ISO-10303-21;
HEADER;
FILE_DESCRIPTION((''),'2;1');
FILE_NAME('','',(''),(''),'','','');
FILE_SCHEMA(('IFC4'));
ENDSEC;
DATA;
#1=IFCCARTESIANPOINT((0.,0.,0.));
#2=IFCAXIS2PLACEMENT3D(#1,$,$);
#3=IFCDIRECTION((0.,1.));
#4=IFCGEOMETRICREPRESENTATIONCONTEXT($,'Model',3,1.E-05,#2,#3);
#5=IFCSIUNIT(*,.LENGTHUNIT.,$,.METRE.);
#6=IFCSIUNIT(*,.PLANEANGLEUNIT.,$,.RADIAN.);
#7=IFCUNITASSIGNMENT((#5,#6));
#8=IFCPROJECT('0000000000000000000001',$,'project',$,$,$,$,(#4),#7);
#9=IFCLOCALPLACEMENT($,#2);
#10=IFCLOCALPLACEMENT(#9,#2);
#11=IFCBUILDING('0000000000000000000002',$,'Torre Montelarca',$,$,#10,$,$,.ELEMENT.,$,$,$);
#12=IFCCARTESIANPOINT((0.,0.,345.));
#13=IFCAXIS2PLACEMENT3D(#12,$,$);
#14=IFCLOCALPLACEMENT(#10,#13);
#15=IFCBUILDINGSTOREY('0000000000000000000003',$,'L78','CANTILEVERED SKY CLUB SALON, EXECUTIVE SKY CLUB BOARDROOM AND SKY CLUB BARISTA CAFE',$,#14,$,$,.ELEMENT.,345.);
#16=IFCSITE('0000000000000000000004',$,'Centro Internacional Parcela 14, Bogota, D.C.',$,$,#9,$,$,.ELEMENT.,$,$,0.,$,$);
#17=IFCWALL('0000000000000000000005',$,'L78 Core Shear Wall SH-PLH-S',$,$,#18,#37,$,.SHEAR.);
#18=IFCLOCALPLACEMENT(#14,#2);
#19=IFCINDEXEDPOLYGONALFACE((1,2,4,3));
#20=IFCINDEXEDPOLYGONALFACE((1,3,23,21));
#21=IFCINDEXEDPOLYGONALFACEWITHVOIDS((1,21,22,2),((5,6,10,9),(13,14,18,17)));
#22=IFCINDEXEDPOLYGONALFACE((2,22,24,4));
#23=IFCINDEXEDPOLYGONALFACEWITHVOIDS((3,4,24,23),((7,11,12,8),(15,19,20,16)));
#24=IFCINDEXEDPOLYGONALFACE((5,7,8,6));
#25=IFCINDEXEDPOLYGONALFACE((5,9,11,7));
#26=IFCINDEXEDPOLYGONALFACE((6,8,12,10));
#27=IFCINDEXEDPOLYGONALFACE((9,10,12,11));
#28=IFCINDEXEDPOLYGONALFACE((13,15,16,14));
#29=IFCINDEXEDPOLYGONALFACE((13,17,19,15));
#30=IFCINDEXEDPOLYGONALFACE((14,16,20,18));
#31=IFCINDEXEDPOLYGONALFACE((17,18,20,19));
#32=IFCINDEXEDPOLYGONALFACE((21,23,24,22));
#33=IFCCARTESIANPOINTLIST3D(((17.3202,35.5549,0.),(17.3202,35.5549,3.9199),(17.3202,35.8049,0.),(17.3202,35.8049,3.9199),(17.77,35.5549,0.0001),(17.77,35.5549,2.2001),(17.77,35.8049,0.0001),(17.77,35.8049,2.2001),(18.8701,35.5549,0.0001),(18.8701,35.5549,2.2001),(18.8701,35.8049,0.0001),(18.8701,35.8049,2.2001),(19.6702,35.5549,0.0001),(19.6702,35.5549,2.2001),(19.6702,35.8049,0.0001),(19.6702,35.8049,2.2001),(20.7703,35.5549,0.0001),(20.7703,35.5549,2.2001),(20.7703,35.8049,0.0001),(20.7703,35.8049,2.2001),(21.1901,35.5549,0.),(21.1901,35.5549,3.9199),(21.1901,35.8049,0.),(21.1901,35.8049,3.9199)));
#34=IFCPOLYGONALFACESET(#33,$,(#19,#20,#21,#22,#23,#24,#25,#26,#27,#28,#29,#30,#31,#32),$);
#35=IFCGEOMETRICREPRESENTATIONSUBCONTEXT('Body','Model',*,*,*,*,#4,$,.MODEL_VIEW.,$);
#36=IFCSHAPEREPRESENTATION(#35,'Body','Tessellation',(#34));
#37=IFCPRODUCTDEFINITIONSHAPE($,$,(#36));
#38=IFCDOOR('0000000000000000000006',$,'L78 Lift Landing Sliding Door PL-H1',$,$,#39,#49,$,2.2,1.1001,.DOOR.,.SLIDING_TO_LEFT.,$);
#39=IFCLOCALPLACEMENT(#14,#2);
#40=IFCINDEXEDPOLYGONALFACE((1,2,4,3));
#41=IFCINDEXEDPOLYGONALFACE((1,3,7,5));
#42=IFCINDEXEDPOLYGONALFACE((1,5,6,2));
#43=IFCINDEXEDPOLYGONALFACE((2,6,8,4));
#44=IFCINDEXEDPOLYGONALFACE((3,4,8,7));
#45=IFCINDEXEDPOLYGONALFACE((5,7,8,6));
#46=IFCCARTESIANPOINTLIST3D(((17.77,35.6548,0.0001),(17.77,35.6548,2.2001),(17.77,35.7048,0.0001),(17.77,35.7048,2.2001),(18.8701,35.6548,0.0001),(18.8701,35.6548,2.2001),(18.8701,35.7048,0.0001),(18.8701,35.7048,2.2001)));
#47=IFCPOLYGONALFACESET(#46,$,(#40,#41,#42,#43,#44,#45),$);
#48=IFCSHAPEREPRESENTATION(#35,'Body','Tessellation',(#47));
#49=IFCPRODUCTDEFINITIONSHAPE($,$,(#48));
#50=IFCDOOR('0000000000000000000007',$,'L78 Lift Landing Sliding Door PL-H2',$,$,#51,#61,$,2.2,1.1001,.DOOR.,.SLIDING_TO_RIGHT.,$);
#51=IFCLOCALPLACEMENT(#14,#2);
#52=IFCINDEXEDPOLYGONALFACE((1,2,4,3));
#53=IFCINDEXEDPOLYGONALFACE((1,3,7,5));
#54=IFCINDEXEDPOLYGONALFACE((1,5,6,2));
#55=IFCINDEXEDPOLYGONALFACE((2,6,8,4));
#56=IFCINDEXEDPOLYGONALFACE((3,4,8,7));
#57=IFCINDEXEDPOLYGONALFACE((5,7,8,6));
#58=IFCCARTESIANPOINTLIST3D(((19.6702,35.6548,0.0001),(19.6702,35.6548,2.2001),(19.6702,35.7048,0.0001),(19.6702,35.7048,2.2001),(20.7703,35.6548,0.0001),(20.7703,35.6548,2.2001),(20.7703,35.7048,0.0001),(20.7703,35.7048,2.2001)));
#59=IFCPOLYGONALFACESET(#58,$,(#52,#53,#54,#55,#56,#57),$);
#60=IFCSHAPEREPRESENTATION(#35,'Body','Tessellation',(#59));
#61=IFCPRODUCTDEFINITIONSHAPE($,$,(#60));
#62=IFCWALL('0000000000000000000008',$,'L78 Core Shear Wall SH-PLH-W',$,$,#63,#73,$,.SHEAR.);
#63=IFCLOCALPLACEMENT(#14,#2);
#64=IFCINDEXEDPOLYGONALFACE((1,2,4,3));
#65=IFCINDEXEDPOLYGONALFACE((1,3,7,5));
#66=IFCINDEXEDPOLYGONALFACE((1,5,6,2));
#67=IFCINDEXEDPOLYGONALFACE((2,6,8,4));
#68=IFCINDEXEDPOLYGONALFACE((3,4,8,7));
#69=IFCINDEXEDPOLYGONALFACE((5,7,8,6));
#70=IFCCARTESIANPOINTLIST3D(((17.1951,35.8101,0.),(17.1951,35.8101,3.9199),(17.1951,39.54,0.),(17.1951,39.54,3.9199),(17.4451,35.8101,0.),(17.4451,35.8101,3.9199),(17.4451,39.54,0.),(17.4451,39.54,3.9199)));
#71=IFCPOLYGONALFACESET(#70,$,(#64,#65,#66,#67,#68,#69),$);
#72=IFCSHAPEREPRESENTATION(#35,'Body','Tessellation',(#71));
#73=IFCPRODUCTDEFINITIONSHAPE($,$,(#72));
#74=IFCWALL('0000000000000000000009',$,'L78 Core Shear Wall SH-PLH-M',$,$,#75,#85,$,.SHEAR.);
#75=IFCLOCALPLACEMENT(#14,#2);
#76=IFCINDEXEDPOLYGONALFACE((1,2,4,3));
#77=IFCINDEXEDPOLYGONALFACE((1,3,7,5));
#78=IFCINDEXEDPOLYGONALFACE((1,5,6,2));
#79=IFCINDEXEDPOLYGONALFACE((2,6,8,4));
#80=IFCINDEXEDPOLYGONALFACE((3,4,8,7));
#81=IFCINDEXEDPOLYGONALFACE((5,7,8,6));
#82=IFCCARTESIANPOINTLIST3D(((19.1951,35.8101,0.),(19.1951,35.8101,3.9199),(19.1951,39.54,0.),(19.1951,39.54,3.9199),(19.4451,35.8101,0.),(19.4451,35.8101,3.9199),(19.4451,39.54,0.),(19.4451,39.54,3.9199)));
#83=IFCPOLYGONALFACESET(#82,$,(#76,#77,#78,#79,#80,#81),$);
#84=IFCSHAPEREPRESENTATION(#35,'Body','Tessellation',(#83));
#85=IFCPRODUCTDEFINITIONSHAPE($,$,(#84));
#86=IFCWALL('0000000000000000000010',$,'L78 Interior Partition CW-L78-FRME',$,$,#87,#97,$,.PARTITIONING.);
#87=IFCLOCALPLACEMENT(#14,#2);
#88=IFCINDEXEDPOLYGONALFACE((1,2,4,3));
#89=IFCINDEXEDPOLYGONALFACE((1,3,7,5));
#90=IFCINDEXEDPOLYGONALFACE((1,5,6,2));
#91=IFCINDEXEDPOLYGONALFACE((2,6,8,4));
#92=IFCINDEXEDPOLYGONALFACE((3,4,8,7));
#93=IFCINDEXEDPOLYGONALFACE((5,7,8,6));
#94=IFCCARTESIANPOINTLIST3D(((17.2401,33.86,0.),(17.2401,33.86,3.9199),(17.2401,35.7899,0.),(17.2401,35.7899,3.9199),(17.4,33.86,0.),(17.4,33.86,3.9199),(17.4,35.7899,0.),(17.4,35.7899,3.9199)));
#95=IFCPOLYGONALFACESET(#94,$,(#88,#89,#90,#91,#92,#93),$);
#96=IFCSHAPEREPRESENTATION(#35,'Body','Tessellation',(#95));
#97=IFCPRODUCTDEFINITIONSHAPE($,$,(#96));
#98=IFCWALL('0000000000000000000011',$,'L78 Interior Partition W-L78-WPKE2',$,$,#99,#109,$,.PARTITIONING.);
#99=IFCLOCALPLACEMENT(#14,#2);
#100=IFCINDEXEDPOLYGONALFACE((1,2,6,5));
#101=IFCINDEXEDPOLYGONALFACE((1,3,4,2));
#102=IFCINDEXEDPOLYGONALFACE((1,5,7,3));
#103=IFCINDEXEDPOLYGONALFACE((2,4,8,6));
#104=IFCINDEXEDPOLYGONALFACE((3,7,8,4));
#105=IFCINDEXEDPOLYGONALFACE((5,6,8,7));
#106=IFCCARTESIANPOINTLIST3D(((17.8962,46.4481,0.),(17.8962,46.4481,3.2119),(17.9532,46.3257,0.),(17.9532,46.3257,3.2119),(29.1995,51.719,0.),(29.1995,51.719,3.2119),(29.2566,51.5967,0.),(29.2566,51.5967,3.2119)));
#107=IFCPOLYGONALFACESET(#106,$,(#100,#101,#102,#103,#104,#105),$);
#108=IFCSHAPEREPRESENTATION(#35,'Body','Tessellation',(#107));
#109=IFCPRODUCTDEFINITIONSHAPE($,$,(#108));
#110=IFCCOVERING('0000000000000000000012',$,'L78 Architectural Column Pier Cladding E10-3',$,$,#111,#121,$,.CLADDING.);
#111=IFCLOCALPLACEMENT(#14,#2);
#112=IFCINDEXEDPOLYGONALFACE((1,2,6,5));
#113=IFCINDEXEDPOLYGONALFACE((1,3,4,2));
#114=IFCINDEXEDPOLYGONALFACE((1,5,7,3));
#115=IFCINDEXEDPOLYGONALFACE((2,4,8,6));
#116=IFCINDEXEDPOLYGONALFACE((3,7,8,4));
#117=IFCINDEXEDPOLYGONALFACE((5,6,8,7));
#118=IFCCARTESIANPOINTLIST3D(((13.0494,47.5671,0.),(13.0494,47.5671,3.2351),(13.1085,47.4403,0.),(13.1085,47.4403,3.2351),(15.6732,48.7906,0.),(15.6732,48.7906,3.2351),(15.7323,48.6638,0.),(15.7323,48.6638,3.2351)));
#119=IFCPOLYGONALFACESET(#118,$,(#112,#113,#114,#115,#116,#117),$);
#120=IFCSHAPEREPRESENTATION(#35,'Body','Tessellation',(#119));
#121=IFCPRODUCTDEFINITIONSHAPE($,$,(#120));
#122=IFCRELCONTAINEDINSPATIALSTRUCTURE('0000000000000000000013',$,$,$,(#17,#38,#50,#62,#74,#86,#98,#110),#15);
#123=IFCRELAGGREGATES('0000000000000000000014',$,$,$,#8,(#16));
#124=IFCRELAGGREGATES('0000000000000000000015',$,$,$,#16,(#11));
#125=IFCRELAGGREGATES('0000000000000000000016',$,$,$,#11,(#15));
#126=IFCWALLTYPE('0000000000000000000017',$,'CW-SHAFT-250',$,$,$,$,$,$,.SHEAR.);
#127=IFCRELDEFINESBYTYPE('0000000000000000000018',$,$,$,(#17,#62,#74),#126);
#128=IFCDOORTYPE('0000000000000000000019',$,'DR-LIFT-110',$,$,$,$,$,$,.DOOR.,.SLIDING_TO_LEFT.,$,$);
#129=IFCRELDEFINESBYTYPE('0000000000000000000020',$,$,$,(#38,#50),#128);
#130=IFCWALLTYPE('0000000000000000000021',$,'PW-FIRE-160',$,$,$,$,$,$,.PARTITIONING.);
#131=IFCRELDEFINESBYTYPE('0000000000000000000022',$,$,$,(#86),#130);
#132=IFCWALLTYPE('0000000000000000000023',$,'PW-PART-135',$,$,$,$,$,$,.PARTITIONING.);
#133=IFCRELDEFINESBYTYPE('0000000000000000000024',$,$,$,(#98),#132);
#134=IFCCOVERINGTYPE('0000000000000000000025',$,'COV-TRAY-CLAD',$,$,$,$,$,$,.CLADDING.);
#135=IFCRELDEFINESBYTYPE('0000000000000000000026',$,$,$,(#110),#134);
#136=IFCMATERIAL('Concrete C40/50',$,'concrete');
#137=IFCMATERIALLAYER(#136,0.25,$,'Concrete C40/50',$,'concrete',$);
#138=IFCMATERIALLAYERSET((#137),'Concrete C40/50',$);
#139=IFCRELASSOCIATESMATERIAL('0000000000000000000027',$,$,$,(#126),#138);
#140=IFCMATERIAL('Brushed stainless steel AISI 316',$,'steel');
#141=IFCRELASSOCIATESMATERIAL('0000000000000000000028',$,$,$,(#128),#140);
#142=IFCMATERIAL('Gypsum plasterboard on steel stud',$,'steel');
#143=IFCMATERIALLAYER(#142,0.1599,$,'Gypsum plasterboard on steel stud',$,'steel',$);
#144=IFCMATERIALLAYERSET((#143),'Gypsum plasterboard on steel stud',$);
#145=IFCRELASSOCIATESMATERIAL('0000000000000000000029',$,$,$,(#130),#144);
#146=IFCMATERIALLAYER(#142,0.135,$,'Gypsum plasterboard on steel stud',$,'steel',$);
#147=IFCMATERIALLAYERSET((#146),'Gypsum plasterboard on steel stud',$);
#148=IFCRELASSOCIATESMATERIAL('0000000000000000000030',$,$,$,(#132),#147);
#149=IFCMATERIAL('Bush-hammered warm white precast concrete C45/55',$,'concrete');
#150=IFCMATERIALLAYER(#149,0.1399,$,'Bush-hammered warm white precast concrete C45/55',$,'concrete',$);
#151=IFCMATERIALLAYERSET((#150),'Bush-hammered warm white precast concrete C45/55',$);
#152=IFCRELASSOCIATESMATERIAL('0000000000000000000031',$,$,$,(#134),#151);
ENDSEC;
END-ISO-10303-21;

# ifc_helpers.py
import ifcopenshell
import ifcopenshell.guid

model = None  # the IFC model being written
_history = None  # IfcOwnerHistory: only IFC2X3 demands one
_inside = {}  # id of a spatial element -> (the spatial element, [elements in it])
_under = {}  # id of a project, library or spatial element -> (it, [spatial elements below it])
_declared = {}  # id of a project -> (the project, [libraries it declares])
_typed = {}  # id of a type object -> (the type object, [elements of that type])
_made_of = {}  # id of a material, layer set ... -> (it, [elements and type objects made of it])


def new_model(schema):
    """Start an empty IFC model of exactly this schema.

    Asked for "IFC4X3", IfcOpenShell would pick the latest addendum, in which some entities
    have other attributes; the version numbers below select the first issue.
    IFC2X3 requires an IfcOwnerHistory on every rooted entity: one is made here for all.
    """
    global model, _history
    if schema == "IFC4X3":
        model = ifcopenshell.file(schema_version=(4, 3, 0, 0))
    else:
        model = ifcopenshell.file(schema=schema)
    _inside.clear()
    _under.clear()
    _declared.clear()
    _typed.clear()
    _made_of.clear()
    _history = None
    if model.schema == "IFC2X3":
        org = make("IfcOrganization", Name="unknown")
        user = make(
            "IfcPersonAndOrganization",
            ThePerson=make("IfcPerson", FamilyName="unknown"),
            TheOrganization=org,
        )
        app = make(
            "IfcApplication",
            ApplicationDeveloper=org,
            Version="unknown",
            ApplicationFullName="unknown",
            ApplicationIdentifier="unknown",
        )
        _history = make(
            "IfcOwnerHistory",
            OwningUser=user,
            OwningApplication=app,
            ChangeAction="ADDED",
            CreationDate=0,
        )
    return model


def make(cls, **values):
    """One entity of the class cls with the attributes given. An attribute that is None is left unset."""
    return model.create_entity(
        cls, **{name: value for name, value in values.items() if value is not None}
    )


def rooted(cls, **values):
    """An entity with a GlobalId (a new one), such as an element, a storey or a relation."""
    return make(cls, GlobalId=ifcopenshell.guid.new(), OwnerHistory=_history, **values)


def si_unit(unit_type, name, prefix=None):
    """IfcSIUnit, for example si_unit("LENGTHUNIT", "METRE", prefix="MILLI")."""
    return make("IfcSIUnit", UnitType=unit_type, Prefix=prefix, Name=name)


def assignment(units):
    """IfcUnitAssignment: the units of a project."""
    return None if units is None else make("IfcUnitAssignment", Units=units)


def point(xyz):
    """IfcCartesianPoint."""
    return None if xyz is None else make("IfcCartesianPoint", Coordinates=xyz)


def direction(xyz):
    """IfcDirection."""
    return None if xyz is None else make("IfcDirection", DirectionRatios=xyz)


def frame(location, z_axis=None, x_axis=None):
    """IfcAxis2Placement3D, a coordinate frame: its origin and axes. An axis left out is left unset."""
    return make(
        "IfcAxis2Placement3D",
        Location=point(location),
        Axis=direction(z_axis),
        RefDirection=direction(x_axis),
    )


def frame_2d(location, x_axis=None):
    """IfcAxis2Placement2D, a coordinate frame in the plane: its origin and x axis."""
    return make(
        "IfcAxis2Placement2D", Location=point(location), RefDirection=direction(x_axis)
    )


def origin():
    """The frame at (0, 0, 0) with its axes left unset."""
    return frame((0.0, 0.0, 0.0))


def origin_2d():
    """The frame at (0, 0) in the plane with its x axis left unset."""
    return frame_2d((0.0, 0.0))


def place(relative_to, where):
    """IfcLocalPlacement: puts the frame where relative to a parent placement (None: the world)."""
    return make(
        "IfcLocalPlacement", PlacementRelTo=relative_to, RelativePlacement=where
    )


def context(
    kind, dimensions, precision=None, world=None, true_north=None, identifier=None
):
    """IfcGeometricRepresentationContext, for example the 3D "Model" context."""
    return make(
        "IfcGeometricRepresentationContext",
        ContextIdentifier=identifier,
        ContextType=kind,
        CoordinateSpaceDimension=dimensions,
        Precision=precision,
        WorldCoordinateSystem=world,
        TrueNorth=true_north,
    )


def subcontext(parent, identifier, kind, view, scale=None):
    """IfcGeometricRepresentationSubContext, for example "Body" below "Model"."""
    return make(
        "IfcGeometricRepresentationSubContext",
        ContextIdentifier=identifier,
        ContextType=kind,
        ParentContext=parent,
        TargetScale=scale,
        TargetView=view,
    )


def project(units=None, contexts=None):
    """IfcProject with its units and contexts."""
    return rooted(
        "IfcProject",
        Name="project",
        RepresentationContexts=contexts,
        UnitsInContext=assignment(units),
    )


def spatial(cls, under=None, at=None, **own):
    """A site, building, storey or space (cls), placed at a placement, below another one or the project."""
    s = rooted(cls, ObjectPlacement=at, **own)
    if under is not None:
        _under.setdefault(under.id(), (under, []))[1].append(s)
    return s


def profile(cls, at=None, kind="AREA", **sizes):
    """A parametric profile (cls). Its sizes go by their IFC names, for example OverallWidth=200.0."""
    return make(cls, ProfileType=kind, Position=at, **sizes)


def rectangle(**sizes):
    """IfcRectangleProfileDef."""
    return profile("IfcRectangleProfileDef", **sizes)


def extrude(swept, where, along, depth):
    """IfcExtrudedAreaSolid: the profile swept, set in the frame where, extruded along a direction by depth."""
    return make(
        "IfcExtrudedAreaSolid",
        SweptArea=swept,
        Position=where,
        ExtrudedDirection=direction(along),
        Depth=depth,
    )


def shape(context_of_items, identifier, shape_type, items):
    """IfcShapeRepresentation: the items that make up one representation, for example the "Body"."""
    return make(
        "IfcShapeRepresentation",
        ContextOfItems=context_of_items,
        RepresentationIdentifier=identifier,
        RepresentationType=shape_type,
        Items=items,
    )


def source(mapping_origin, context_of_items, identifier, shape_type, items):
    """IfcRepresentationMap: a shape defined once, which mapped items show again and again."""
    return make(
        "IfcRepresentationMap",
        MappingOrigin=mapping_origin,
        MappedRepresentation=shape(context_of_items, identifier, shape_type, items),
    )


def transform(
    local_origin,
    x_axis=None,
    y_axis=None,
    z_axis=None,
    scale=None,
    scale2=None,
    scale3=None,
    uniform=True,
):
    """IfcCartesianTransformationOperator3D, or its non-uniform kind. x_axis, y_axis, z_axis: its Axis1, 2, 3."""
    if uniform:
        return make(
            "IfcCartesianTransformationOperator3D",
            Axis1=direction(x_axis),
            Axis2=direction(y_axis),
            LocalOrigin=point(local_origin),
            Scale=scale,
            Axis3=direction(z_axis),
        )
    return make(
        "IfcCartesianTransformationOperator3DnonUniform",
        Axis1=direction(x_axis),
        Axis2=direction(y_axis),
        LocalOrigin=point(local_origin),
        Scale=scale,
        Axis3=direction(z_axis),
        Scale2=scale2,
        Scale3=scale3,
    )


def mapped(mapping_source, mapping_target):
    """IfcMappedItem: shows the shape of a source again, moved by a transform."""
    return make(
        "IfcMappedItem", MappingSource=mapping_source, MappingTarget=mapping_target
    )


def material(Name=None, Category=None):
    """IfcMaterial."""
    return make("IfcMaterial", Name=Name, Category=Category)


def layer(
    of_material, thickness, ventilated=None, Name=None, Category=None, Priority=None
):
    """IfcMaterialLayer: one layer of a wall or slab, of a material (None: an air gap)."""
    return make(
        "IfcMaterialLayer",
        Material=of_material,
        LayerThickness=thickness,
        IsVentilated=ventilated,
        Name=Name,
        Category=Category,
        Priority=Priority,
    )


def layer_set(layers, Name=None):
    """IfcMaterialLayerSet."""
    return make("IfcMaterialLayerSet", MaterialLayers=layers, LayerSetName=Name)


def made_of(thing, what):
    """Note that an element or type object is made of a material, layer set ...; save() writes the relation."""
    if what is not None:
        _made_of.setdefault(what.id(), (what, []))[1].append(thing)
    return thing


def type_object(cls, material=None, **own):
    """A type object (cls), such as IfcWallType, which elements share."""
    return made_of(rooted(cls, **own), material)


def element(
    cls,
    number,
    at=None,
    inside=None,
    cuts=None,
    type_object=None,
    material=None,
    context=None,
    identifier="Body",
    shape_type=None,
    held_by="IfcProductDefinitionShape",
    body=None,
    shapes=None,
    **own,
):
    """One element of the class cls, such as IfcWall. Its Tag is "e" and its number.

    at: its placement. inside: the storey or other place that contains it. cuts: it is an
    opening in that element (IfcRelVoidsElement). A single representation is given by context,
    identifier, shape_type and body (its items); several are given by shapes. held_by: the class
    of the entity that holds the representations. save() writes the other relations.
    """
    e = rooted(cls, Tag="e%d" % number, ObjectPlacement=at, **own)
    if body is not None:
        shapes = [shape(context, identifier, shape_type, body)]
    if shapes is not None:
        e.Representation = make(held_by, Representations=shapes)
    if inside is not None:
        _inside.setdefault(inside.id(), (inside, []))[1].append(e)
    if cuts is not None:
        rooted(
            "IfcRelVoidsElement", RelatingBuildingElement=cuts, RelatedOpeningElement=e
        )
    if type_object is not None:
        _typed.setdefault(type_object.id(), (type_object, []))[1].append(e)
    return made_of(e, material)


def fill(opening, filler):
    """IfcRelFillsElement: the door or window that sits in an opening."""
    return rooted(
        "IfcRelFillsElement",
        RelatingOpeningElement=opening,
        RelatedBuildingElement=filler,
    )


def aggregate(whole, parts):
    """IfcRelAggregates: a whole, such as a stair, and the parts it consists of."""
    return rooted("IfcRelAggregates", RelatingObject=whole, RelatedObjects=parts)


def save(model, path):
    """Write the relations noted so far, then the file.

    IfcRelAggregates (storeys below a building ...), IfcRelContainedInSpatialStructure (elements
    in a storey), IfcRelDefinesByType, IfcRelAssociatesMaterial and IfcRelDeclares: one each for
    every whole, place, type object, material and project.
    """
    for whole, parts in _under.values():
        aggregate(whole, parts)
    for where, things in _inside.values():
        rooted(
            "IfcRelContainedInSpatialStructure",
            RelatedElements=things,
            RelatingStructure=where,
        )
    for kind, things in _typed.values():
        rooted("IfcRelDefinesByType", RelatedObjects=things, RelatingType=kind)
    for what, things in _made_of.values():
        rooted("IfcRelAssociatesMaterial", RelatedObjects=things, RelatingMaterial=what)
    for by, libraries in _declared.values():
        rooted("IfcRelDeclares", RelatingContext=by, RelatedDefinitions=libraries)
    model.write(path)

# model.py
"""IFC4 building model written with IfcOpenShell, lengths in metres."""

from ifc_helpers import new_model, si_unit, direction, frame, frame_2d, origin, origin_2d, place, context, subcontext, project, spatial, rectangle, extrude, source, transform, mapped, material, layer, layer_set, type_object, element, fill, save


model = new_model("IFC4")

# Units and contexts
model_context = context("Model", 3, precision=1e-05, world=origin(), true_north=direction((0.0, 1.0)))
body_context = subcontext(model_context, "Body", "Model", "MODEL_VIEW")
ifc_project = project(units=[si_unit("LENGTHUNIT", "METRE"), si_unit("PLANEANGLEUNIT", "RADIAN")], contexts=[model_context])

# Site, building, storey
site_placement = place(None, origin())
site = spatial("IfcSite", under=ifc_project, at=site_placement, Name="Centro Internacional Parcela 14, Bogota, D.C.", CompositionType="ELEMENT", RefElevation=0.0)
building_placement = place(site_placement, origin())
building = spatial("IfcBuilding", under=site, at=building_placement, Name="Torre Montelarca", CompositionType="ELEMENT")
storey_placement = place(building_placement, frame((0.0, 0.0, 345.0)))
storey = spatial("IfcBuildingStorey", under=building, at=storey_placement, Name="L78", Description="CANTILEVERED SKY CLUB SALON, EXECUTIVE SKY CLUB BOARDROOM AND SKY CLUB BARISTA CAFE", CompositionType="ELEMENT", Elevation=345.0)

# Shared definitions
ifc_material_1 = material(Name="Concrete C40/50", Category="concrete")

# Shared definitions
ifc_layer_1 = layer(ifc_material_1, 0.25, Name="Concrete C40/50", Category="concrete")
ifc_layer_set_1 = layer_set([ifc_layer_1], Name="Concrete C40/50")
wall_type_1 = type_object("IfcWallType", Name="CW-SHAFT-250", PredefinedType="SHEAR", material=ifc_layer_set_1)

# Shared definitions
ifc_material_2 = material(Name="Brushed stainless steel AISI 316", Category="steel")

# Wall, openings, doors
wall_1_placement = place(storey_placement, frame((17.3201, 35.6799, 0.0), z_axis=(0.0, 0.0, 1.0), x_axis=(1.0, 0.0, 0.0)))
wall_1 = element("IfcWall", 1, at=wall_1_placement, inside=storey, type_object=wall_type_1, Name="L78 Core Shear Wall SH-PLH-S", PredefinedType="SHEAR", context=body_context, shape_type="SweptSolid", body=[
    extrude(rectangle(XDim=3.8699, YDim=0.25, at=frame_2d((1.9351, 0.0))), origin(), (0.0, 0.0, 1.0), 3.9199),
])
opening_1_placement = place(wall_1_placement, frame((0.45, 0.0, 0.0)))
opening_1 = element("IfcOpeningElement", 2, at=opening_1_placement, cuts=wall_1, PredefinedType="OPENING", context=body_context, shape_type="SweptSolid", body=[
    extrude(rectangle(XDim=1.1001, YDim=2.2, at=frame_2d((0.55, 1.1001))), frame((0.0, 0.135, 0.0), z_axis=(0.0, -1.0, 0.0), x_axis=(1.0, 0.0, 0.0)), (0.0, 0.0, 1.0), 0.27),
])
opening_2_placement = place(wall_1_placement, frame((2.3501, 0.0, 0.0)))
opening_2 = element("IfcOpeningElement", 3, at=opening_2_placement, cuts=wall_1, PredefinedType="OPENING", context=body_context, shape_type="SweptSolid", body=[
    extrude(rectangle(XDim=1.1001, YDim=2.2, at=frame_2d((0.55, 1.1001))), frame((0.0, 0.135, 0.0), z_axis=(0.0, -1.0, 0.0), x_axis=(1.0, 0.0, 0.0)), (0.0, 0.0, 1.0), 0.27),
])
door_type_1 = type_object("IfcDoorType", Name="DR-LIFT-110", OperationType="SLIDING_TO_LEFT", PredefinedType="DOOR", material=ifc_material_2)
shared_shape_1 = source(origin(), body_context, "Body", "SweptSolid", [
    extrude(rectangle(XDim=1.1001, YDim=2.2, at=frame_2d((0.55, 1.1001))), frame((0.0, 0.0249, 0.0), z_axis=(0.0, -1.0, 0.0), x_axis=(1.0, 0.0, 0.0)), (0.0, 0.0, 1.0), 0.05),
])
door_1_placement = place(opening_1_placement, origin())
door_1 = element("IfcDoor", 4, at=door_1_placement, inside=storey, type_object=door_type_1, Name="L78 Lift Landing Sliding Door PL-H1", OperationType="SLIDING_TO_LEFT", OverallHeight=2.2, OverallWidth=1.1001, PredefinedType="DOOR", context=body_context, shape_type="MappedRepresentation", body=[
    mapped(shared_shape_1, transform((0.0, 0.0, 0.0), scale=1.0)),
])
fill(opening_1, door_1)
door_2_placement = place(opening_2_placement, origin())
door_2 = element("IfcDoor", 5, at=door_2_placement, inside=storey, type_object=door_type_1, Name="L78 Lift Landing Sliding Door PL-H2", OperationType="SLIDING_TO_RIGHT", OverallHeight=2.2, OverallWidth=1.1001, PredefinedType="DOOR", context=body_context, shape_type="MappedRepresentation", body=[
    mapped(shared_shape_1, transform((0.0, 0.0, 0.0), scale=1.0)),
])
fill(opening_2, door_2)

# Walls
for number, where, z_axis, x_axis, name in (
    (6, (17.3201, 35.8101, 0.0), (0.0, 0.0, 1.0), (0.0, 1.0, 0.0), "L78 Core Shear Wall SH-PLH-W"),
    (7, (19.3201, 35.8101, 0.0), (0.0, 0.0, 1.0), (0.0, 1.0, 0.0), "L78 Core Shear Wall SH-PLH-M"),
):
    element("IfcWall", number, at=place(storey_placement, frame(where, z_axis=z_axis, x_axis=x_axis)), inside=storey, type_object=wall_type_1, Name=name, PredefinedType="SHEAR", context=body_context, shape_type="SweptSolid", body=[
        extrude(rectangle(XDim=3.73, YDim=0.25, at=frame_2d((1.865, 0.0))), origin(), (0.0, 0.0, 1.0), 3.9199),
    ])
ifc_material_3 = material(Name="Gypsum plasterboard on steel stud", Category="steel")
ifc_layer_2 = layer(ifc_material_3, 0.1599, Name="Gypsum plasterboard on steel stud", Category="steel")
ifc_layer_set_2 = layer_set([ifc_layer_2], Name="Gypsum plasterboard on steel stud")
wall_type_2 = type_object("IfcWallType", Name="PW-FIRE-160", PredefinedType="PARTITIONING", material=ifc_layer_set_2)
wall_2_placement = place(storey_placement, frame((17.3201, 33.8601, 0.0), z_axis=(0.0, 0.0, 1.0), x_axis=(0.0, 1.0, 0.0)))
element("IfcWall", 8, at=wall_2_placement, inside=storey, type_object=wall_type_2, Name="L78 Interior Partition CW-L78-FRME", PredefinedType="PARTITIONING", context=body_context, shape_type="SweptSolid", body=[
    extrude(rectangle(XDim=1.9299, YDim=0.1599, at=frame_2d((0.9648, 0.0))), origin(), (0.0, 0.0, 1.0), 3.9199),
])
ifc_layer_3 = layer(ifc_material_3, 0.135, Name="Gypsum plasterboard on steel stud", Category="steel")
ifc_layer_set_3 = layer_set([ifc_layer_3], Name="Gypsum plasterboard on steel stud")
wall_type_3 = type_object("IfcWallType", Name="PW-PART-135", PredefinedType="PARTITIONING", material=ifc_layer_set_3)
wall_3_placement = place(storey_placement, frame((17.9248, 46.387, 0.0), z_axis=(0.0, 0.0, 1.0), x_axis=(0.906305, 0.422625, 0.0)))
element("IfcWall", 9, at=wall_3_placement, inside=storey, type_object=wall_type_3, Name="L78 Interior Partition W-L78-WPKE2", PredefinedType="PARTITIONING", context=body_context, shape_type="SweptSolid", body=[
    extrude(rectangle(XDim=12.4719, YDim=0.135, at=frame_2d((6.2358, 0.0))), origin(), (0.0, 0.0, 1.0), 3.2119),
])

# Covering
ifc_material_4 = material(Name="Bush-hammered warm white precast concrete C45/55", Category="concrete")
ifc_layer_4 = layer(ifc_material_4, 0.1399, Name="Bush-hammered warm white precast concrete C45/55", Category="concrete")
ifc_layer_set_4 = layer_set([ifc_layer_4], Name="Bush-hammered warm white precast concrete C45/55")
covering_type = type_object("IfcCoveringType", Name="COV-TRAY-CLAD", PredefinedType="CLADDING", material=ifc_layer_set_4)
shared_shape_2 = source(origin(), body_context, "Body", "SweptSolid", [
    extrude(rectangle(XDim=2.895, YDim=0.1399, at=origin_2d()), origin(), (0.0, 0.0, 1.0), 3.2351),
])
covering_placement = place(storey_placement, frame((14.3909, 48.1155, 0.0), z_axis=(0.0, 0.0, 1.0), x_axis=(-0.906308, -0.422618, 0.0)))
element("IfcCovering", 10, at=covering_placement, inside=storey, type_object=covering_type, Name="L78 Architectural Column Pier Cladding E10-3", PredefinedType="CLADDING", context=body_context, shape_type="MappedRepresentation", body=[
    mapped(shared_shape_2, transform((0.0, 0.0, 0.0), scale=1.0)),
])

save(model, "model.ifc")
